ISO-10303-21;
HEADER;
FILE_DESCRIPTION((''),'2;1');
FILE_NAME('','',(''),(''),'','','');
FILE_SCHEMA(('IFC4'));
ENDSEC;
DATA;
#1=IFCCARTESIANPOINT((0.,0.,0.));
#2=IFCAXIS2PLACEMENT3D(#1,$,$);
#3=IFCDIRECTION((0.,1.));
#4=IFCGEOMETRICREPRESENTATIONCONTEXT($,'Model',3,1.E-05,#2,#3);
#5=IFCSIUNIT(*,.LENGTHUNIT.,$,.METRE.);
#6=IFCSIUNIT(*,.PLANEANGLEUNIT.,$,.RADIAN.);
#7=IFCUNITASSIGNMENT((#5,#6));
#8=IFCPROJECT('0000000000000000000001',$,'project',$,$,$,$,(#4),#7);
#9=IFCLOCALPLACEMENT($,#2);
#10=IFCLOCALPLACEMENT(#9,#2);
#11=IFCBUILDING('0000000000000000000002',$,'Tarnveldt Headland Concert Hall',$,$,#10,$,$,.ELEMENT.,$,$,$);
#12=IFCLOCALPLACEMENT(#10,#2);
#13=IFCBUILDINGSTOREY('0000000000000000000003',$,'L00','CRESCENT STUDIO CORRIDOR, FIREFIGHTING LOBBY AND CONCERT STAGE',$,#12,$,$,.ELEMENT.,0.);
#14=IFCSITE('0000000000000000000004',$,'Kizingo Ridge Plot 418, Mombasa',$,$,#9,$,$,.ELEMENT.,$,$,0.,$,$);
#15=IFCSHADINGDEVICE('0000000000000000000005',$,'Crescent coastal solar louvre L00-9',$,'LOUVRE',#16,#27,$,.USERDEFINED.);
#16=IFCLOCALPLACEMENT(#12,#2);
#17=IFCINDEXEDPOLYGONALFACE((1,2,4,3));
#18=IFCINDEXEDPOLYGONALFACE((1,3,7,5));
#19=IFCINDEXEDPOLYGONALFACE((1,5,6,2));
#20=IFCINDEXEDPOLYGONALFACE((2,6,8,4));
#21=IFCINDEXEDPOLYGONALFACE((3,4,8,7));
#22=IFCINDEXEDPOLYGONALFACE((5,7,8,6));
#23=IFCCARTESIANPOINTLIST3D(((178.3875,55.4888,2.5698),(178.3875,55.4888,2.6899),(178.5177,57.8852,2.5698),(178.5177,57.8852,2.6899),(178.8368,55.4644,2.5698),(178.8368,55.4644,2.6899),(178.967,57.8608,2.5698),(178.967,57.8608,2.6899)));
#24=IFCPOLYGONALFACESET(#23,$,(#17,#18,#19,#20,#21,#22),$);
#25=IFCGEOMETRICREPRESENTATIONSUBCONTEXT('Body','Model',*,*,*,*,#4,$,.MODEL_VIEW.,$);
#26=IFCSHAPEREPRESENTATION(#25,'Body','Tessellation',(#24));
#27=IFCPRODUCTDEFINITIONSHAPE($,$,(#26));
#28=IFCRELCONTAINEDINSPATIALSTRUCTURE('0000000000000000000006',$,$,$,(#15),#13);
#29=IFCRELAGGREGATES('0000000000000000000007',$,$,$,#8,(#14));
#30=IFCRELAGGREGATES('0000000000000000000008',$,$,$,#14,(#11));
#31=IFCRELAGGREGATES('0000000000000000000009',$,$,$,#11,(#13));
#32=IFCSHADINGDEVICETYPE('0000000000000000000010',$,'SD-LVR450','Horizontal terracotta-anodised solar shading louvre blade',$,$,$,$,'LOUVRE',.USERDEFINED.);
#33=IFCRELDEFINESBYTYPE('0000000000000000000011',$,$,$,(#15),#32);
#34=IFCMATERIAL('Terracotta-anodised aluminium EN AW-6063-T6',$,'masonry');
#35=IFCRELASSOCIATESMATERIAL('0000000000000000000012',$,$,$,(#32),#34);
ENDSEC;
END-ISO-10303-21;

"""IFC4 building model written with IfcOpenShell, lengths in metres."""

from ifc_helpers import new_model, si_unit, direction, frame, origin, origin_2d, place, context, subcontext, project, spatial, rectangle, extrude, material, type_object, element, save


model = new_model("IFC4")

# Units and contexts
model_context = context("Model", 3, precision=1e-05, world=origin(), true_north=direction((0.0, 1.0)))
body_context = subcontext(model_context, "Body", "Model", "MODEL_VIEW")
ifc_project = project(units=[si_unit("LENGTHUNIT", "METRE"), si_unit("PLANEANGLEUNIT", "RADIAN")], contexts=[model_context])

# Site, building, storey
site_placement = place(None, origin())
site = spatial("IfcSite", under=ifc_project, at=site_placement, Name="Kizingo Ridge Plot 418, Mombasa", CompositionType="ELEMENT", RefElevation=0.0)
building_placement = place(site_placement, origin())
building = spatial("IfcBuilding", under=site, at=building_placement, Name="Tarnveldt Headland Concert Hall", CompositionType="ELEMENT")
storey_placement = place(building_placement, origin())
storey = spatial("IfcBuildingStorey", under=building, at=storey_placement, Name="L00", Description="CRESCENT STUDIO CORRIDOR, FIREFIGHTING LOBBY AND CONCERT STAGE", CompositionType="ELEMENT", Elevation=0.0)

# Shading device
ifc_material_1 = material(Name="Terracotta-anodised aluminium EN AW-6063-T6", Category="masonry")
shading_device_type = type_object("IfcShadingDeviceType", Name="SD-LVR450", Description="Horizontal terracotta-anodised solar shading louvre blade", ElementType="LOUVRE", PredefinedType="USERDEFINED", material=ifc_material_1)
shading_device_placement = place(storey_placement, frame((178.6772, 56.6748, 2.5698), z_axis=(0.0, 0.0, 1.0), x_axis=(0.998527, -0.054253, 0.0)))
element("IfcShadingDevice", 1, at=shading_device_placement, inside=storey, type_object=shading_device_type, Name="Crescent coastal solar louvre L00-9", ObjectType="LOUVRE", PredefinedType="USERDEFINED", context=body_context, shape_type="SweptSolid", body=[
    extrude(rectangle(XDim=0.45, YDim=2.3999, at=origin_2d()), origin(), (0.0, 0.0, 1.0), 0.1201),
])

save(model, "model.ifc")
